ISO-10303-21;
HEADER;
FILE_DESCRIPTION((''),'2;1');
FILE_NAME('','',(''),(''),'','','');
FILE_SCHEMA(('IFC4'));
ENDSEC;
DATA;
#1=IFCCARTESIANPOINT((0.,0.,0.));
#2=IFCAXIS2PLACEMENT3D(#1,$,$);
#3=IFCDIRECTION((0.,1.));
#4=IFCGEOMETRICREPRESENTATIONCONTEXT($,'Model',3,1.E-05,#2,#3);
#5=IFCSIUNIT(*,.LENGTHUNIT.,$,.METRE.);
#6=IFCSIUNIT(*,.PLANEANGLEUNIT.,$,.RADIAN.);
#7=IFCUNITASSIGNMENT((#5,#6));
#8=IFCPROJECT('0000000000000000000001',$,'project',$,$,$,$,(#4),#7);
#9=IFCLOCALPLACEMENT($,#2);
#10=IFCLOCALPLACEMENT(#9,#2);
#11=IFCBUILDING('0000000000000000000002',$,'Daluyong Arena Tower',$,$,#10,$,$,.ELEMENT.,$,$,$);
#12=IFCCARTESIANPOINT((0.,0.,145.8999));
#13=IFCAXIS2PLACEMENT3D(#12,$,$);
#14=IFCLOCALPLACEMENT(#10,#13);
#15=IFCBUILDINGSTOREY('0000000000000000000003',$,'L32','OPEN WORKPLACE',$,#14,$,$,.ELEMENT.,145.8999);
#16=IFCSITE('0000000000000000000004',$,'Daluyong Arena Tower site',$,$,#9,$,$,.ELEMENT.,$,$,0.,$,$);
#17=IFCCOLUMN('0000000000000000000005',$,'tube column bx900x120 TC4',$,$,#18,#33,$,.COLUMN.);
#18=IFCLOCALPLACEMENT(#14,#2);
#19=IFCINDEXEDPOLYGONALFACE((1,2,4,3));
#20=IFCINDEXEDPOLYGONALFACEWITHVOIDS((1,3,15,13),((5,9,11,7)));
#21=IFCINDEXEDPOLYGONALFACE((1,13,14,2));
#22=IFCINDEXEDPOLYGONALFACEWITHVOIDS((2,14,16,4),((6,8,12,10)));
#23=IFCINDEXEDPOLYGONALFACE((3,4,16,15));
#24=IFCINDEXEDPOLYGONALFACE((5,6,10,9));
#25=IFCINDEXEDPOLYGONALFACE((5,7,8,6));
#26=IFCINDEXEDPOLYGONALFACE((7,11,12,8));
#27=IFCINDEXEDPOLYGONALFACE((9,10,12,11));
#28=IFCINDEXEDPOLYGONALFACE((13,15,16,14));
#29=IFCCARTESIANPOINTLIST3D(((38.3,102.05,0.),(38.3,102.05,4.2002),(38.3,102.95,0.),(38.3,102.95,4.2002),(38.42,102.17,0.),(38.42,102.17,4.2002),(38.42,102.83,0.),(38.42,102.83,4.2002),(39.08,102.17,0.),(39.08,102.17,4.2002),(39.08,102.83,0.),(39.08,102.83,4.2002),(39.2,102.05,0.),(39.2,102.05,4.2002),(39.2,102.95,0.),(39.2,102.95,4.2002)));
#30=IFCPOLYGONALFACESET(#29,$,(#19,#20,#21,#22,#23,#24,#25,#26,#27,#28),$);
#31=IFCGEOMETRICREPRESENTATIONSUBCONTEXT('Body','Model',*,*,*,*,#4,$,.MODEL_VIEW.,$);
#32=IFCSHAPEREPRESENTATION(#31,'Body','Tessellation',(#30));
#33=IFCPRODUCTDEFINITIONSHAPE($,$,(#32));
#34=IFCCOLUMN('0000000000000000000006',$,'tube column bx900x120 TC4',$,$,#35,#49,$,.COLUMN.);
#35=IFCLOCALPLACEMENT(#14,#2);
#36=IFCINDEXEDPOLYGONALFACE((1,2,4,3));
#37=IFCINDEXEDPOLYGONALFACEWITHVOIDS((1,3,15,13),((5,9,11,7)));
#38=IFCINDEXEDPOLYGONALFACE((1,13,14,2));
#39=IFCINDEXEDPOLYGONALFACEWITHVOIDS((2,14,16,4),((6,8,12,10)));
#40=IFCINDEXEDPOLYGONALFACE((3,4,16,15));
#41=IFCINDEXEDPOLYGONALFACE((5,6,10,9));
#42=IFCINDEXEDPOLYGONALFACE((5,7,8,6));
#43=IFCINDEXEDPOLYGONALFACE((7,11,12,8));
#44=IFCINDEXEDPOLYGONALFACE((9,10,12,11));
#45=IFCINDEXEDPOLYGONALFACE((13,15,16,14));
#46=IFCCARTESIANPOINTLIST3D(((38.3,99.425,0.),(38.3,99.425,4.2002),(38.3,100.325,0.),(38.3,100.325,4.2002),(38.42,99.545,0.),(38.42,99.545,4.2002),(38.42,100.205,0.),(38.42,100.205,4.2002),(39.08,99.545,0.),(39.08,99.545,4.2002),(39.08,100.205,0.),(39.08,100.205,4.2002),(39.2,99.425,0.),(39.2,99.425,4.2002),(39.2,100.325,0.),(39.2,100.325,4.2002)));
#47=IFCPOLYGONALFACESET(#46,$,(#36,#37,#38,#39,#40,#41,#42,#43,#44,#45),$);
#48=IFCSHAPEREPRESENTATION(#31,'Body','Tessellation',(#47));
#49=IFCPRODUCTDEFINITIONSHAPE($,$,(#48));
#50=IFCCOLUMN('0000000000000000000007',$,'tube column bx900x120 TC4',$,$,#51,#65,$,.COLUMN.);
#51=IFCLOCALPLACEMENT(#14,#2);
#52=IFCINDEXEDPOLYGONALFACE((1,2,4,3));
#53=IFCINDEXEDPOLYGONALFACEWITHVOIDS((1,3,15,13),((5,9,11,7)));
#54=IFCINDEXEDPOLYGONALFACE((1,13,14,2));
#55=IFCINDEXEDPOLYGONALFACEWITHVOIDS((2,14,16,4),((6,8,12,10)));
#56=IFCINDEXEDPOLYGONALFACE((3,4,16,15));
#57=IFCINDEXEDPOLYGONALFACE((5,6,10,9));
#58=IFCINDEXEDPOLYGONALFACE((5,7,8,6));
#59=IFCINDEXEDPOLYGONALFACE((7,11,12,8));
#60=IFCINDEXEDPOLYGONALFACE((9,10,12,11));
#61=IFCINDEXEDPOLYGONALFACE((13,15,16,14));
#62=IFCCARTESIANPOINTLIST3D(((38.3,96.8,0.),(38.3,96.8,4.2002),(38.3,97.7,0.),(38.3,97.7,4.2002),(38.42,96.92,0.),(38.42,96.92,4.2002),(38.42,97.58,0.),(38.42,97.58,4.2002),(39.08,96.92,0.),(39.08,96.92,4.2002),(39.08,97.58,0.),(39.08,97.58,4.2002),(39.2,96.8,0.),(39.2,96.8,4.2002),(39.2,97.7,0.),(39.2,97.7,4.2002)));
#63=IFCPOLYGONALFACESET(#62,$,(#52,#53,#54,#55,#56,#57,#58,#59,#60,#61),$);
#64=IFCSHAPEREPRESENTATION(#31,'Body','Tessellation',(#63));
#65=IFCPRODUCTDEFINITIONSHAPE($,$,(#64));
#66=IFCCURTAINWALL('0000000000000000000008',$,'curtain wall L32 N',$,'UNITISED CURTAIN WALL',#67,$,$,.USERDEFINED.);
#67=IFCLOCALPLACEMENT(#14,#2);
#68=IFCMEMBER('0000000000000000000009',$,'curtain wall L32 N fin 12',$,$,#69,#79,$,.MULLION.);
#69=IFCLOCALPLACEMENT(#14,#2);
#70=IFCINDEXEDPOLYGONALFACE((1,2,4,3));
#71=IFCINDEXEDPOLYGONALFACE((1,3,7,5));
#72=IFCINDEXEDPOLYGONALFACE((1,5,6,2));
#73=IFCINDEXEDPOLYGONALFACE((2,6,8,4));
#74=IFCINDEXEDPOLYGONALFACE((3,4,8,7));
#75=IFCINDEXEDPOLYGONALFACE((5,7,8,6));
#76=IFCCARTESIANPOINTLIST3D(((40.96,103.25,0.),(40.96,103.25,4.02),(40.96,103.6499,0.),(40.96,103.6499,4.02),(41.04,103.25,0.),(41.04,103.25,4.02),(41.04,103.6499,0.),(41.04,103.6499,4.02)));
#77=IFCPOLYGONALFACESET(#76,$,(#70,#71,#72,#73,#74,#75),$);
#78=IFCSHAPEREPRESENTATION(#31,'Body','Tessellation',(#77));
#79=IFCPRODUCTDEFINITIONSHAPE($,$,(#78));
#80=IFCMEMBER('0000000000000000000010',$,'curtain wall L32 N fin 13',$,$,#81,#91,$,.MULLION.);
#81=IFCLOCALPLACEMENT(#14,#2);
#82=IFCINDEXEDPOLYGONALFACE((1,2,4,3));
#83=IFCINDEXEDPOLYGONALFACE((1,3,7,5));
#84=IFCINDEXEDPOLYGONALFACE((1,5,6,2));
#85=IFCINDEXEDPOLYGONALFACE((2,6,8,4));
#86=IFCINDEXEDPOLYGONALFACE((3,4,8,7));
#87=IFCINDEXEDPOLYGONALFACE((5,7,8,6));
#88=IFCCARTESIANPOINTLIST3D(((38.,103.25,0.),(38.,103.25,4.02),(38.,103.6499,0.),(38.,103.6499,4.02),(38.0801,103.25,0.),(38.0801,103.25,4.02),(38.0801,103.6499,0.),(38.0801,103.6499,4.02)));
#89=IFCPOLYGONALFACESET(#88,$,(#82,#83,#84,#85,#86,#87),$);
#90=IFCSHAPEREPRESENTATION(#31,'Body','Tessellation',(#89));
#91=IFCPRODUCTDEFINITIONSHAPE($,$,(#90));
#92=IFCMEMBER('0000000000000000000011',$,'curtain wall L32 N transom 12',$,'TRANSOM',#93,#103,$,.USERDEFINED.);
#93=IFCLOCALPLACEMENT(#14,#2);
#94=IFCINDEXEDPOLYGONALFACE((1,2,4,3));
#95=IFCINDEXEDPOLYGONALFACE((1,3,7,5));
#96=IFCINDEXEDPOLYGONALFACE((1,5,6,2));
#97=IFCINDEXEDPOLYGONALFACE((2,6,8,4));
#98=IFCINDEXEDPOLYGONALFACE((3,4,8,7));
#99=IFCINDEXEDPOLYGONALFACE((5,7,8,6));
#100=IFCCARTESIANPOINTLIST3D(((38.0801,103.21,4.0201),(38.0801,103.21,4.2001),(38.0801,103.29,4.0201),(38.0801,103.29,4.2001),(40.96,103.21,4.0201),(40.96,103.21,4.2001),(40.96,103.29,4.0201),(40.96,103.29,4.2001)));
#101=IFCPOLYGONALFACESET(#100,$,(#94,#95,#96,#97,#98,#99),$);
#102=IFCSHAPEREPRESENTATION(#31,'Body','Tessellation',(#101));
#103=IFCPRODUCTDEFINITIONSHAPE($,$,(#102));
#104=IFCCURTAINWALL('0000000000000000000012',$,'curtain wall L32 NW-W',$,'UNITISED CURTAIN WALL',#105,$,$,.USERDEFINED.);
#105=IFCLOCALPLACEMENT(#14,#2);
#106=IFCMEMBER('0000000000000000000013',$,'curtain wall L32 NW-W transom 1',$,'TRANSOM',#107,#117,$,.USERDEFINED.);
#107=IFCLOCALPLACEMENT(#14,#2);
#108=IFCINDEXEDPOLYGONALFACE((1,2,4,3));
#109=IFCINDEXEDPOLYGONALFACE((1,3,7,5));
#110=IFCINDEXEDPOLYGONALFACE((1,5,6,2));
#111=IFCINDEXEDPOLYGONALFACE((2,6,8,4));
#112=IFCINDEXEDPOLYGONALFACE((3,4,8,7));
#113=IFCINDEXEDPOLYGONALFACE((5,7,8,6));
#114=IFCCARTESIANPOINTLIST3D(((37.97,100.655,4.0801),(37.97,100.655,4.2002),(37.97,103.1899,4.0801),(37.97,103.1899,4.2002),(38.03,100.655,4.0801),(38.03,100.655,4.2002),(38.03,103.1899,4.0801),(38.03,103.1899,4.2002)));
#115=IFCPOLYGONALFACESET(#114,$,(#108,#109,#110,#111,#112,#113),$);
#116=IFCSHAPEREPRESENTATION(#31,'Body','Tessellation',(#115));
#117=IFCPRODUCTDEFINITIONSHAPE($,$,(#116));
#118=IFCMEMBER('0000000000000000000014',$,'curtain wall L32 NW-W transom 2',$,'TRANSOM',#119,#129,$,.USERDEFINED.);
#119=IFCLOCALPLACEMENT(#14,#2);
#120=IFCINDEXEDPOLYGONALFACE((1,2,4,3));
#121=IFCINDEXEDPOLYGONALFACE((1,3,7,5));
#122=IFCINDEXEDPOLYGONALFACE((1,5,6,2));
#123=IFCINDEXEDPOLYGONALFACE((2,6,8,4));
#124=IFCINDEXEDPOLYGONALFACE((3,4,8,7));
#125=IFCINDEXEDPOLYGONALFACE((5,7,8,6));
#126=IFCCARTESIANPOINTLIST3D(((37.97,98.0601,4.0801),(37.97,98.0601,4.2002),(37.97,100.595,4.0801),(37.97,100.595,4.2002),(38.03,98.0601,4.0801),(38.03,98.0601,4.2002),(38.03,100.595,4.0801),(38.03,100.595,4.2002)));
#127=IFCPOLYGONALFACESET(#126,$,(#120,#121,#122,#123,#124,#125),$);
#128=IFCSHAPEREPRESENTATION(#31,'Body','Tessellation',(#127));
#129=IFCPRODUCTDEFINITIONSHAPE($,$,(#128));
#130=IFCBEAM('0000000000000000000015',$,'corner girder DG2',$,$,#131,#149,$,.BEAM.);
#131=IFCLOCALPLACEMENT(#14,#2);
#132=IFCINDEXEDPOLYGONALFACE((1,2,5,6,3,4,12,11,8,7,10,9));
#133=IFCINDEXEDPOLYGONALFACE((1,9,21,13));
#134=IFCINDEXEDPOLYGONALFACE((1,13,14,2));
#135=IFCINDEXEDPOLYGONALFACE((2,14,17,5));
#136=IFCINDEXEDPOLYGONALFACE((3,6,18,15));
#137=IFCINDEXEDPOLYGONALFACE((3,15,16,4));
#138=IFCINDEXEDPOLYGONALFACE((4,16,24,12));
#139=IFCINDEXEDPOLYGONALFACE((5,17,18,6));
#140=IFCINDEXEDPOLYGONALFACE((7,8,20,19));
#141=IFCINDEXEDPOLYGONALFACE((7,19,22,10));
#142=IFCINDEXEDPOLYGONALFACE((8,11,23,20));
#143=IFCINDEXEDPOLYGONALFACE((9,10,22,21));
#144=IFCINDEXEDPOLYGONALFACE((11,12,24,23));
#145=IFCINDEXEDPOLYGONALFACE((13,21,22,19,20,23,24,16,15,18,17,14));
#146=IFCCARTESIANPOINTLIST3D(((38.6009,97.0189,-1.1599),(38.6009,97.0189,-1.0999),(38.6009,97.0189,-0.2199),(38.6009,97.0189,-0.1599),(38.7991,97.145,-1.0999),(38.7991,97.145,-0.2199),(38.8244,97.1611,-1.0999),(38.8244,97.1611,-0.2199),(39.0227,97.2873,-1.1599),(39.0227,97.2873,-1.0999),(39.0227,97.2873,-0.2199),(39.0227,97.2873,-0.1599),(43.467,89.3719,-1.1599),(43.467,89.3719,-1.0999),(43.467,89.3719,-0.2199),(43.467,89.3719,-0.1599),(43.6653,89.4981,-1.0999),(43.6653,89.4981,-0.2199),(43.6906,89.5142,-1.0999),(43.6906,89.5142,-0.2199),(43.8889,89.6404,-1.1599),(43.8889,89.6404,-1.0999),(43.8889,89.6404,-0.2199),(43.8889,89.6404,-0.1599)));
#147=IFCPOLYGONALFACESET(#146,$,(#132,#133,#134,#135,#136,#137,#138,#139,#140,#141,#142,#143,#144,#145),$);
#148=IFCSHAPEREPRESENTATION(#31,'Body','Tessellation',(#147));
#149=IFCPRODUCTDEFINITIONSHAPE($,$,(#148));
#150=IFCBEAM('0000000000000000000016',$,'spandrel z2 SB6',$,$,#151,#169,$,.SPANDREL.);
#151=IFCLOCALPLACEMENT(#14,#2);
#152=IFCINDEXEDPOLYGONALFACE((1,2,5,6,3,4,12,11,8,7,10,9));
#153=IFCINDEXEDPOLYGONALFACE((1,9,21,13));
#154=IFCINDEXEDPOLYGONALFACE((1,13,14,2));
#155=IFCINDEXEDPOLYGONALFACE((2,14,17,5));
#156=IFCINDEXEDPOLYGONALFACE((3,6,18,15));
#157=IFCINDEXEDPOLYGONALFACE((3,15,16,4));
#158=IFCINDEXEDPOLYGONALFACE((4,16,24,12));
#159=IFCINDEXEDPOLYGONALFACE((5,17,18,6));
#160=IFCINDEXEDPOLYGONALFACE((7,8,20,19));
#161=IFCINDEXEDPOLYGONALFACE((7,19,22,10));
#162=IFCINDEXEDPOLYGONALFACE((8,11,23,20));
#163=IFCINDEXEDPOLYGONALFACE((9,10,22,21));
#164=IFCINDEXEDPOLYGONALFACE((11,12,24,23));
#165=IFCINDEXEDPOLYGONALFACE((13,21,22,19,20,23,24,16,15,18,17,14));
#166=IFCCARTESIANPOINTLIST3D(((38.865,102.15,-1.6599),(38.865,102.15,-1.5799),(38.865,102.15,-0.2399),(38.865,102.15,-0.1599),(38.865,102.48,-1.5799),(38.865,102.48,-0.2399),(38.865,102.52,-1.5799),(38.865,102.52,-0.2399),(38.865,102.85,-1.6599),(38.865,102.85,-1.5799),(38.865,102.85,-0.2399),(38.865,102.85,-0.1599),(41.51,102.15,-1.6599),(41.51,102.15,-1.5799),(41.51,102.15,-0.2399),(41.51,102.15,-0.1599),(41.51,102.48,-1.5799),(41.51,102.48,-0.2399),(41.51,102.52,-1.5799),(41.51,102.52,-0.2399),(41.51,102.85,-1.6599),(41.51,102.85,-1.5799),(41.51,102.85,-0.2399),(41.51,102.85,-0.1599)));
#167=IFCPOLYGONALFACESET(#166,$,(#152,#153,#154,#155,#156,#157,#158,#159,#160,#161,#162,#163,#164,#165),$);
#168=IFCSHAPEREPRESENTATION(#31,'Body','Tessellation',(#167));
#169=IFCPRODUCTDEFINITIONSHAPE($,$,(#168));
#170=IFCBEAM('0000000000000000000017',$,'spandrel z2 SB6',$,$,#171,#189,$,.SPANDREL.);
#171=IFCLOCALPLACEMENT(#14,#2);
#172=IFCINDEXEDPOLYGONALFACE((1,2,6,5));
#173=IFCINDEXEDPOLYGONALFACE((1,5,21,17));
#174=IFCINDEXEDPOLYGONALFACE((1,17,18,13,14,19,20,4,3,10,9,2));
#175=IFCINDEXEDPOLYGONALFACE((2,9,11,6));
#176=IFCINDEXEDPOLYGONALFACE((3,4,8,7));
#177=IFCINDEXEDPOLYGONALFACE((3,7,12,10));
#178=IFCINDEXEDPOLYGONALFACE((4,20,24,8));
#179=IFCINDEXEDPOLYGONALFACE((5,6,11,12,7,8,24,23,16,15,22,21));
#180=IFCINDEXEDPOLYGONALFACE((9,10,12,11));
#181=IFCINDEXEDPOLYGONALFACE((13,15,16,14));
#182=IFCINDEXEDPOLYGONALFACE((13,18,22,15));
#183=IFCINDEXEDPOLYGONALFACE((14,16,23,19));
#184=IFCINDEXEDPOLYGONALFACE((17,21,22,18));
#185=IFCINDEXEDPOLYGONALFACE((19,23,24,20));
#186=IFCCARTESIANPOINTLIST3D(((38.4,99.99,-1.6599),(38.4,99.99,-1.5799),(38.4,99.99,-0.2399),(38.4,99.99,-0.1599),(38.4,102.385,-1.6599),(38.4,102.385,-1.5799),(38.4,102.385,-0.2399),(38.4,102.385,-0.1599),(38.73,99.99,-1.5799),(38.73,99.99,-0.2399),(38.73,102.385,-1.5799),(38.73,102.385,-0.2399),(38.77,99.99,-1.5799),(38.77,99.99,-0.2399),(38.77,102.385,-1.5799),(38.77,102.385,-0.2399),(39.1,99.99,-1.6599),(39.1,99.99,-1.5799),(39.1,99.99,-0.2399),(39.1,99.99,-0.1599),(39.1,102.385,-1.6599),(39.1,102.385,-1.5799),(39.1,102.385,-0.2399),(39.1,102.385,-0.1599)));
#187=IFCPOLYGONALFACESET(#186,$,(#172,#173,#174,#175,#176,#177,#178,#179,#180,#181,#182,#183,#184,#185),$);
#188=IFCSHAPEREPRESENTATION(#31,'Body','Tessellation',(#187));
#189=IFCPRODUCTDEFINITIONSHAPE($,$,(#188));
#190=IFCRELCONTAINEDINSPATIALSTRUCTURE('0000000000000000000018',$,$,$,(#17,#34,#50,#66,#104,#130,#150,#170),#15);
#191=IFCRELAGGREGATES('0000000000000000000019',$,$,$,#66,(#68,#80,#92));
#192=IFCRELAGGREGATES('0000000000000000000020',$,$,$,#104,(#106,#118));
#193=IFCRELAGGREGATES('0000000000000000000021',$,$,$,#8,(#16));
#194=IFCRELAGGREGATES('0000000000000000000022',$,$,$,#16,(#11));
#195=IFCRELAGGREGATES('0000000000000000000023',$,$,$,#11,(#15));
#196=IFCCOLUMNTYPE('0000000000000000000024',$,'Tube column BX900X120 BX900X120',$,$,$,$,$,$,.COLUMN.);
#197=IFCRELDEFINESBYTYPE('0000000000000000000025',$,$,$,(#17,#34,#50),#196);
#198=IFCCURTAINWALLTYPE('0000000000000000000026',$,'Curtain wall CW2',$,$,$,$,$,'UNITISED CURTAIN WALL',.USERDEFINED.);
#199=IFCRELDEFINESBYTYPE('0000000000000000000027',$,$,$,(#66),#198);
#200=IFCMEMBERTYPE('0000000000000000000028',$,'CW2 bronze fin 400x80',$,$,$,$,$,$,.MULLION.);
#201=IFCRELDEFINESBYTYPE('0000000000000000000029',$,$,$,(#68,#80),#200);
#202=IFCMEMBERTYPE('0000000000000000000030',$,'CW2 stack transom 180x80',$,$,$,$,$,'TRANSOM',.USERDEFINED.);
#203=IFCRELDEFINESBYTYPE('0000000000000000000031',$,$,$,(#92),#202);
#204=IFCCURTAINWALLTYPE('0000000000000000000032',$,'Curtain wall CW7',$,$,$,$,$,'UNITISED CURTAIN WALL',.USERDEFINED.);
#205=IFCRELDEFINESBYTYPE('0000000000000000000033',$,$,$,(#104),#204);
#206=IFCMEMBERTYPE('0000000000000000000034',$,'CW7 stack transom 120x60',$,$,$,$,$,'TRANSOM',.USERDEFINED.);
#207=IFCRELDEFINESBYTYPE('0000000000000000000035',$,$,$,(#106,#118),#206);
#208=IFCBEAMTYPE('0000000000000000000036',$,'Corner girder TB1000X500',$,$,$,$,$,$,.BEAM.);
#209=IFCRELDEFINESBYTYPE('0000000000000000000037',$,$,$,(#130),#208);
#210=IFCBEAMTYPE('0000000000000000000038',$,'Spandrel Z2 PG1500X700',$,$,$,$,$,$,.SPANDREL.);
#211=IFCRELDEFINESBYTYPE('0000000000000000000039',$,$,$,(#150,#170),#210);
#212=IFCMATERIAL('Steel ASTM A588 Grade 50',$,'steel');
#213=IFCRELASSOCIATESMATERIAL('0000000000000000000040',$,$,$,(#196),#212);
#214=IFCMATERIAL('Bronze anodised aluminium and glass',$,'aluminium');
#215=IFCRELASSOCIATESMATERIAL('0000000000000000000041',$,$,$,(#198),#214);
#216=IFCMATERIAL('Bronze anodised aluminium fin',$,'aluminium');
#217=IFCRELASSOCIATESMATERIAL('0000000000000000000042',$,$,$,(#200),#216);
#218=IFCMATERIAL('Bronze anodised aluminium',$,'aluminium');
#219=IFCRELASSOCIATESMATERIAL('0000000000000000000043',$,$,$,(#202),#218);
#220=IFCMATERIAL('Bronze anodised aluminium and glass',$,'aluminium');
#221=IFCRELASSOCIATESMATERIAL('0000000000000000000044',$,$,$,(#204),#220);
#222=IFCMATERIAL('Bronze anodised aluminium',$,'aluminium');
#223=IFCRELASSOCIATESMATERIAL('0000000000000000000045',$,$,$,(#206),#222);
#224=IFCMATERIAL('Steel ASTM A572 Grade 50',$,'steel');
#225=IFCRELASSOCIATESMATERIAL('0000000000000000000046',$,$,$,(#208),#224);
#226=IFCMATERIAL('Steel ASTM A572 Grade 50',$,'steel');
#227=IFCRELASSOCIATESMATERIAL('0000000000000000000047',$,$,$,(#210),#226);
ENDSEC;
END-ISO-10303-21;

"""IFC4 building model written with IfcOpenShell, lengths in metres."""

from ifc_helpers import new_model, si_unit, direction, frame, origin, origin_2d, place, context, subcontext, project, spatial, rectangle, hollow_rectangle, i_section, extrude, material, material_profile, profile_set, type_object, element, aggregate, save


model = new_model("IFC4")

# Units and contexts
model_context = context("Model", 3, precision=1e-05, world=origin(), true_north=direction((0.0, 1.0)))
body_context = subcontext(model_context, "Body", "Model", "MODEL_VIEW")
ifc_project = project(units=[si_unit("LENGTHUNIT", "METRE"), si_unit("PLANEANGLEUNIT", "RADIAN")], contexts=[model_context])

# Site, building, storey
site_placement = place(None, origin())
site = spatial("IfcSite", under=ifc_project, at=site_placement, Name="Daluyong Arena Tower site", CompositionType="ELEMENT", RefElevation=0.0)
building_placement = place(site_placement, origin())
building = spatial("IfcBuilding", under=site, at=building_placement, Name="Daluyong Arena Tower", CompositionType="ELEMENT")
storey_placement = place(building_placement, frame((0.0, 0.0, 145.8999)))
storey = spatial("IfcBuildingStorey", under=building, at=storey_placement, Name="L32", Description="OPEN WORKPLACE", CompositionType="ELEMENT", Elevation=145.8999)

# Columns
ifc_material_1 = material(Name="Steel ASTM A588 Grade 50", Category="steel")
ifc_material_profile_1 = material_profile(ifc_material_1, hollow_rectangle(XDim=0.8999, YDim=0.8999, WallThickness=0.12, at=origin_2d()))
ifc_profile_set_1 = profile_set([ifc_material_profile_1], Name="Steel ASTM A588 Grade 50")
column_type = type_object("IfcColumnType", Name="Tube column BX900X120 BX900X120", PredefinedType="COLUMN", material=ifc_profile_set_1)
for number, where, z_axis, x_axis, name in (
    (1, (38.75, 102.5, 0.0), (0.0, 0.0, 1.0), (0.0, 1.0, 0.0), "tube column bx900x120 TC4"),
    (2, (38.75, 99.875, 0.0), (0.0, 0.0, 1.0), (0.0, 1.0, 0.0), "tube column bx900x120 TC4"),
    (3, (38.75, 97.25, 0.0), (0.0, 0.0, 1.0), (1.0, 0.0, 0.0), "tube column bx900x120 TC4"),
):
    element("IfcColumn", number, at=place(storey_placement, frame(where, z_axis=z_axis, x_axis=x_axis)), inside=storey, type_object=column_type, Name=name, PredefinedType="COLUMN", context=body_context, shape_type="SweptSolid", body=[
        extrude(hollow_rectangle(XDim=0.8999, YDim=0.8999, WallThickness=0.12, at=origin_2d()), origin(), (0.0, 0.0, 1.0), 4.2002),
    ])

# Curtain walls, members
ifc_material_2 = material(Name="Bronze anodised aluminium and glass", Category="aluminium")
curtain_wall_type_1 = type_object("IfcCurtainWallType", Name="Curtain wall CW2", ElementType="UNITISED CURTAIN WALL", PredefinedType="USERDEFINED", material=ifc_material_2)
curtain_wall_1_placement = place(storey_placement, origin())
curtain_wall_1 = element("IfcCurtainWall", 4, at=curtain_wall_1_placement, inside=storey, type_object=curtain_wall_type_1, Name="curtain wall L32 N", ObjectType="UNITISED CURTAIN WALL", PredefinedType="USERDEFINED")
ifc_material_3 = material(Name="Bronze anodised aluminium fin", Category="aluminium")
ifc_material_profile_2 = material_profile(ifc_material_3, rectangle(XDim=0.3999, YDim=0.0801, at=origin_2d()))
ifc_profile_set_2 = profile_set([ifc_material_profile_2], Name="Bronze anodised aluminium fin")
member_type_1 = type_object("IfcMemberType", Name="CW2 bronze fin 400x80", PredefinedType="MULLION", material=ifc_profile_set_2)
member_1_placement = place(storey_placement, frame((41.0, 103.45, 0.0), z_axis=(0.0, 0.0, 1.0), x_axis=(0.0, -1.0, 0.0)))
member_1 = element("IfcMember", 5, at=member_1_placement, type_object=member_type_1, Name="curtain wall L32 N fin 12", PredefinedType="MULLION", context=body_context, shape_type="SweptSolid", body=[
    extrude(rectangle(XDim=0.3999, YDim=0.0801, at=origin_2d()), origin(), (0.0, 0.0, 1.0), 4.02),
])
member_2_placement = place(storey_placement, frame((38.04, 103.45, 0.0), z_axis=(0.0, 0.0, 1.0), x_axis=(0.0, -1.0, 0.0)))
member_2 = element("IfcMember", 6, at=member_2_placement, type_object=member_type_1, Name="curtain wall L32 N fin 13", PredefinedType="MULLION", context=body_context, shape_type="SweptSolid", body=[
    extrude(rectangle(XDim=0.3999, YDim=0.0801, at=origin_2d()), origin(), (0.0, 0.0, 1.0), 4.02),
])
ifc_material_4 = material(Name="Bronze anodised aluminium", Category="aluminium")
ifc_material_profile_3 = material_profile(ifc_material_4, rectangle(XDim=0.0801, YDim=0.1799, at=origin_2d()))
ifc_profile_set_3 = profile_set([ifc_material_profile_3], Name="Bronze anodised aluminium")
member_type_2 = type_object("IfcMemberType", Name="CW2 stack transom 180x80", ElementType="TRANSOM", PredefinedType="USERDEFINED", material=ifc_profile_set_3)
member_3_placement = place(storey_placement, frame((40.96, 103.25, 4.1101), z_axis=(-1.0, 0.0, 0.0), x_axis=(0.0, -1.0, 0.0)))
member_3 = element("IfcMember", 7, at=member_3_placement, type_object=member_type_2, Name="curtain wall L32 N transom 12", ObjectType="TRANSOM", PredefinedType="USERDEFINED", context=body_context, shape_type="SweptSolid", body=[
    extrude(rectangle(XDim=0.0801, YDim=0.1799, at=origin_2d()), origin(), (0.0, 0.0, 1.0), 2.8799),
])
ifc_material_5 = material(Name="Bronze anodised aluminium and glass", Category="aluminium")
curtain_wall_type_2 = type_object("IfcCurtainWallType", Name="Curtain wall CW7", ElementType="UNITISED CURTAIN WALL", PredefinedType="USERDEFINED", material=ifc_material_5)
curtain_wall_2_placement = place(storey_placement, origin())
curtain_wall_2 = element("IfcCurtainWall", 8, at=curtain_wall_2_placement, inside=storey, type_object=curtain_wall_type_2, Name="curtain wall L32 NW-W", ObjectType="UNITISED CURTAIN WALL", PredefinedType="USERDEFINED")
ifc_material_6 = material(Name="Bronze anodised aluminium", Category="aluminium")
ifc_material_profile_4 = material_profile(ifc_material_6, rectangle(XDim=0.0601, YDim=0.1201, at=origin_2d()))
ifc_profile_set_4 = profile_set([ifc_material_profile_4], Name="Bronze anodised aluminium")
member_type_3 = type_object("IfcMemberType", Name="CW7 stack transom 120x60", ElementType="TRANSOM", PredefinedType="USERDEFINED", material=ifc_profile_set_4)
member_4_placement = place(storey_placement, frame((38.0, 103.1899, 4.1401), z_axis=(0.0, -1.0, 0.0), x_axis=(1.0, 0.0, 0.0)))
member_4 = element("IfcMember", 9, at=member_4_placement, type_object=member_type_3, Name="curtain wall L32 NW-W transom 1", ObjectType="TRANSOM", PredefinedType="USERDEFINED", context=body_context, shape_type="SweptSolid", body=[
    extrude(rectangle(XDim=0.0601, YDim=0.1201, at=origin_2d()), origin(), (0.0, 0.0, 1.0), 2.5349),
])
member_5_placement = place(storey_placement, frame((38.0, 100.595, 4.1401), z_axis=(0.0, -1.0, 0.0), x_axis=(1.0, 0.0, 0.0)))
member_5 = element("IfcMember", 10, at=member_5_placement, type_object=member_type_3, Name="curtain wall L32 NW-W transom 2", ObjectType="TRANSOM", PredefinedType="USERDEFINED", context=body_context, shape_type="SweptSolid", body=[
    extrude(rectangle(XDim=0.0601, YDim=0.1201, at=origin_2d()), origin(), (0.0, 0.0, 1.0), 2.5349),
])

# Beams
ifc_material_7 = material(Name="Steel ASTM A572 Grade 50", Category="steel")
ifc_material_profile_5 = material_profile(ifc_material_7, i_section(OverallWidth=0.5, OverallDepth=1.0, WebThickness=0.03, FlangeThickness=0.06, at=origin_2d()))
ifc_profile_set_5 = profile_set([ifc_material_profile_5], Name="Steel ASTM A572 Grade 50")
beam_type_1 = type_object("IfcBeamType", Name="Corner girder TB1000X500", PredefinedType="BEAM", material=ifc_profile_set_5)
beam_1_placement = place(storey_placement, frame((38.8118, 97.1531, -0.6599), z_axis=(0.536872, -0.843664, 0.0), x_axis=(0.843664, 0.536872, 0.0)))
element("IfcBeam", 11, at=beam_1_placement, inside=storey, type_object=beam_type_1, Name="corner girder DG2", PredefinedType="BEAM", context=body_context, shape_type="SweptSolid", body=[
    extrude(i_section(OverallWidth=0.5, OverallDepth=1.0, WebThickness=0.03, FlangeThickness=0.06, at=origin_2d()), origin(), (0.0, 0.0, 1.0), 9.064),
])
ifc_material_8 = material(Name="Steel ASTM A572 Grade 50", Category="steel")
ifc_material_profile_6 = material_profile(ifc_material_8, i_section(OverallWidth=0.7, OverallDepth=1.5, WebThickness=0.04, FlangeThickness=0.08, at=origin_2d()))
ifc_profile_set_6 = profile_set([ifc_material_profile_6], Name="Steel ASTM A572 Grade 50")
beam_type_2 = type_object("IfcBeamType", Name="Spandrel Z2 PG1500X700", PredefinedType="SPANDREL", material=ifc_profile_set_6)
beam_2_placement = place(storey_placement, frame((41.51, 102.5, -0.9099), z_axis=(-1.0, 0.0, 0.0), x_axis=(0.0, -1.0, 0.0)))
element("IfcBeam", 12, at=beam_2_placement, inside=storey, type_object=beam_type_2, Name="spandrel z2 SB6", PredefinedType="SPANDREL", context=body_context, shape_type="SweptSolid", body=[
    extrude(i_section(OverallWidth=0.7, OverallDepth=1.5, WebThickness=0.04, FlangeThickness=0.08, at=origin_2d()), origin(), (0.0, 0.0, 1.0), 2.645),
])
for number, where, z_axis, x_axis, name in (
    (13, (38.75, 102.385, -0.9099), (0.0, -1.0, 0.0), (1.0, 0.0, 0.0), "spandrel z2 SB6"),
):
    element("IfcBeam", number, at=place(storey_placement, frame(where, z_axis=z_axis, x_axis=x_axis)), inside=storey, type_object=beam_type_2, Name=name, PredefinedType="SPANDREL", context=body_context, shape_type="SweptSolid", body=[
        extrude(i_section(OverallWidth=0.7, OverallDepth=1.5, WebThickness=0.04, FlangeThickness=0.08, at=origin_2d()), origin(), (0.0, 0.0, 1.0), 2.395),
    ])

aggregate(curtain_wall_1, [member_1, member_2, member_3])
aggregate(curtain_wall_2, [member_4, member_5])

save(model, "model.ifc")
